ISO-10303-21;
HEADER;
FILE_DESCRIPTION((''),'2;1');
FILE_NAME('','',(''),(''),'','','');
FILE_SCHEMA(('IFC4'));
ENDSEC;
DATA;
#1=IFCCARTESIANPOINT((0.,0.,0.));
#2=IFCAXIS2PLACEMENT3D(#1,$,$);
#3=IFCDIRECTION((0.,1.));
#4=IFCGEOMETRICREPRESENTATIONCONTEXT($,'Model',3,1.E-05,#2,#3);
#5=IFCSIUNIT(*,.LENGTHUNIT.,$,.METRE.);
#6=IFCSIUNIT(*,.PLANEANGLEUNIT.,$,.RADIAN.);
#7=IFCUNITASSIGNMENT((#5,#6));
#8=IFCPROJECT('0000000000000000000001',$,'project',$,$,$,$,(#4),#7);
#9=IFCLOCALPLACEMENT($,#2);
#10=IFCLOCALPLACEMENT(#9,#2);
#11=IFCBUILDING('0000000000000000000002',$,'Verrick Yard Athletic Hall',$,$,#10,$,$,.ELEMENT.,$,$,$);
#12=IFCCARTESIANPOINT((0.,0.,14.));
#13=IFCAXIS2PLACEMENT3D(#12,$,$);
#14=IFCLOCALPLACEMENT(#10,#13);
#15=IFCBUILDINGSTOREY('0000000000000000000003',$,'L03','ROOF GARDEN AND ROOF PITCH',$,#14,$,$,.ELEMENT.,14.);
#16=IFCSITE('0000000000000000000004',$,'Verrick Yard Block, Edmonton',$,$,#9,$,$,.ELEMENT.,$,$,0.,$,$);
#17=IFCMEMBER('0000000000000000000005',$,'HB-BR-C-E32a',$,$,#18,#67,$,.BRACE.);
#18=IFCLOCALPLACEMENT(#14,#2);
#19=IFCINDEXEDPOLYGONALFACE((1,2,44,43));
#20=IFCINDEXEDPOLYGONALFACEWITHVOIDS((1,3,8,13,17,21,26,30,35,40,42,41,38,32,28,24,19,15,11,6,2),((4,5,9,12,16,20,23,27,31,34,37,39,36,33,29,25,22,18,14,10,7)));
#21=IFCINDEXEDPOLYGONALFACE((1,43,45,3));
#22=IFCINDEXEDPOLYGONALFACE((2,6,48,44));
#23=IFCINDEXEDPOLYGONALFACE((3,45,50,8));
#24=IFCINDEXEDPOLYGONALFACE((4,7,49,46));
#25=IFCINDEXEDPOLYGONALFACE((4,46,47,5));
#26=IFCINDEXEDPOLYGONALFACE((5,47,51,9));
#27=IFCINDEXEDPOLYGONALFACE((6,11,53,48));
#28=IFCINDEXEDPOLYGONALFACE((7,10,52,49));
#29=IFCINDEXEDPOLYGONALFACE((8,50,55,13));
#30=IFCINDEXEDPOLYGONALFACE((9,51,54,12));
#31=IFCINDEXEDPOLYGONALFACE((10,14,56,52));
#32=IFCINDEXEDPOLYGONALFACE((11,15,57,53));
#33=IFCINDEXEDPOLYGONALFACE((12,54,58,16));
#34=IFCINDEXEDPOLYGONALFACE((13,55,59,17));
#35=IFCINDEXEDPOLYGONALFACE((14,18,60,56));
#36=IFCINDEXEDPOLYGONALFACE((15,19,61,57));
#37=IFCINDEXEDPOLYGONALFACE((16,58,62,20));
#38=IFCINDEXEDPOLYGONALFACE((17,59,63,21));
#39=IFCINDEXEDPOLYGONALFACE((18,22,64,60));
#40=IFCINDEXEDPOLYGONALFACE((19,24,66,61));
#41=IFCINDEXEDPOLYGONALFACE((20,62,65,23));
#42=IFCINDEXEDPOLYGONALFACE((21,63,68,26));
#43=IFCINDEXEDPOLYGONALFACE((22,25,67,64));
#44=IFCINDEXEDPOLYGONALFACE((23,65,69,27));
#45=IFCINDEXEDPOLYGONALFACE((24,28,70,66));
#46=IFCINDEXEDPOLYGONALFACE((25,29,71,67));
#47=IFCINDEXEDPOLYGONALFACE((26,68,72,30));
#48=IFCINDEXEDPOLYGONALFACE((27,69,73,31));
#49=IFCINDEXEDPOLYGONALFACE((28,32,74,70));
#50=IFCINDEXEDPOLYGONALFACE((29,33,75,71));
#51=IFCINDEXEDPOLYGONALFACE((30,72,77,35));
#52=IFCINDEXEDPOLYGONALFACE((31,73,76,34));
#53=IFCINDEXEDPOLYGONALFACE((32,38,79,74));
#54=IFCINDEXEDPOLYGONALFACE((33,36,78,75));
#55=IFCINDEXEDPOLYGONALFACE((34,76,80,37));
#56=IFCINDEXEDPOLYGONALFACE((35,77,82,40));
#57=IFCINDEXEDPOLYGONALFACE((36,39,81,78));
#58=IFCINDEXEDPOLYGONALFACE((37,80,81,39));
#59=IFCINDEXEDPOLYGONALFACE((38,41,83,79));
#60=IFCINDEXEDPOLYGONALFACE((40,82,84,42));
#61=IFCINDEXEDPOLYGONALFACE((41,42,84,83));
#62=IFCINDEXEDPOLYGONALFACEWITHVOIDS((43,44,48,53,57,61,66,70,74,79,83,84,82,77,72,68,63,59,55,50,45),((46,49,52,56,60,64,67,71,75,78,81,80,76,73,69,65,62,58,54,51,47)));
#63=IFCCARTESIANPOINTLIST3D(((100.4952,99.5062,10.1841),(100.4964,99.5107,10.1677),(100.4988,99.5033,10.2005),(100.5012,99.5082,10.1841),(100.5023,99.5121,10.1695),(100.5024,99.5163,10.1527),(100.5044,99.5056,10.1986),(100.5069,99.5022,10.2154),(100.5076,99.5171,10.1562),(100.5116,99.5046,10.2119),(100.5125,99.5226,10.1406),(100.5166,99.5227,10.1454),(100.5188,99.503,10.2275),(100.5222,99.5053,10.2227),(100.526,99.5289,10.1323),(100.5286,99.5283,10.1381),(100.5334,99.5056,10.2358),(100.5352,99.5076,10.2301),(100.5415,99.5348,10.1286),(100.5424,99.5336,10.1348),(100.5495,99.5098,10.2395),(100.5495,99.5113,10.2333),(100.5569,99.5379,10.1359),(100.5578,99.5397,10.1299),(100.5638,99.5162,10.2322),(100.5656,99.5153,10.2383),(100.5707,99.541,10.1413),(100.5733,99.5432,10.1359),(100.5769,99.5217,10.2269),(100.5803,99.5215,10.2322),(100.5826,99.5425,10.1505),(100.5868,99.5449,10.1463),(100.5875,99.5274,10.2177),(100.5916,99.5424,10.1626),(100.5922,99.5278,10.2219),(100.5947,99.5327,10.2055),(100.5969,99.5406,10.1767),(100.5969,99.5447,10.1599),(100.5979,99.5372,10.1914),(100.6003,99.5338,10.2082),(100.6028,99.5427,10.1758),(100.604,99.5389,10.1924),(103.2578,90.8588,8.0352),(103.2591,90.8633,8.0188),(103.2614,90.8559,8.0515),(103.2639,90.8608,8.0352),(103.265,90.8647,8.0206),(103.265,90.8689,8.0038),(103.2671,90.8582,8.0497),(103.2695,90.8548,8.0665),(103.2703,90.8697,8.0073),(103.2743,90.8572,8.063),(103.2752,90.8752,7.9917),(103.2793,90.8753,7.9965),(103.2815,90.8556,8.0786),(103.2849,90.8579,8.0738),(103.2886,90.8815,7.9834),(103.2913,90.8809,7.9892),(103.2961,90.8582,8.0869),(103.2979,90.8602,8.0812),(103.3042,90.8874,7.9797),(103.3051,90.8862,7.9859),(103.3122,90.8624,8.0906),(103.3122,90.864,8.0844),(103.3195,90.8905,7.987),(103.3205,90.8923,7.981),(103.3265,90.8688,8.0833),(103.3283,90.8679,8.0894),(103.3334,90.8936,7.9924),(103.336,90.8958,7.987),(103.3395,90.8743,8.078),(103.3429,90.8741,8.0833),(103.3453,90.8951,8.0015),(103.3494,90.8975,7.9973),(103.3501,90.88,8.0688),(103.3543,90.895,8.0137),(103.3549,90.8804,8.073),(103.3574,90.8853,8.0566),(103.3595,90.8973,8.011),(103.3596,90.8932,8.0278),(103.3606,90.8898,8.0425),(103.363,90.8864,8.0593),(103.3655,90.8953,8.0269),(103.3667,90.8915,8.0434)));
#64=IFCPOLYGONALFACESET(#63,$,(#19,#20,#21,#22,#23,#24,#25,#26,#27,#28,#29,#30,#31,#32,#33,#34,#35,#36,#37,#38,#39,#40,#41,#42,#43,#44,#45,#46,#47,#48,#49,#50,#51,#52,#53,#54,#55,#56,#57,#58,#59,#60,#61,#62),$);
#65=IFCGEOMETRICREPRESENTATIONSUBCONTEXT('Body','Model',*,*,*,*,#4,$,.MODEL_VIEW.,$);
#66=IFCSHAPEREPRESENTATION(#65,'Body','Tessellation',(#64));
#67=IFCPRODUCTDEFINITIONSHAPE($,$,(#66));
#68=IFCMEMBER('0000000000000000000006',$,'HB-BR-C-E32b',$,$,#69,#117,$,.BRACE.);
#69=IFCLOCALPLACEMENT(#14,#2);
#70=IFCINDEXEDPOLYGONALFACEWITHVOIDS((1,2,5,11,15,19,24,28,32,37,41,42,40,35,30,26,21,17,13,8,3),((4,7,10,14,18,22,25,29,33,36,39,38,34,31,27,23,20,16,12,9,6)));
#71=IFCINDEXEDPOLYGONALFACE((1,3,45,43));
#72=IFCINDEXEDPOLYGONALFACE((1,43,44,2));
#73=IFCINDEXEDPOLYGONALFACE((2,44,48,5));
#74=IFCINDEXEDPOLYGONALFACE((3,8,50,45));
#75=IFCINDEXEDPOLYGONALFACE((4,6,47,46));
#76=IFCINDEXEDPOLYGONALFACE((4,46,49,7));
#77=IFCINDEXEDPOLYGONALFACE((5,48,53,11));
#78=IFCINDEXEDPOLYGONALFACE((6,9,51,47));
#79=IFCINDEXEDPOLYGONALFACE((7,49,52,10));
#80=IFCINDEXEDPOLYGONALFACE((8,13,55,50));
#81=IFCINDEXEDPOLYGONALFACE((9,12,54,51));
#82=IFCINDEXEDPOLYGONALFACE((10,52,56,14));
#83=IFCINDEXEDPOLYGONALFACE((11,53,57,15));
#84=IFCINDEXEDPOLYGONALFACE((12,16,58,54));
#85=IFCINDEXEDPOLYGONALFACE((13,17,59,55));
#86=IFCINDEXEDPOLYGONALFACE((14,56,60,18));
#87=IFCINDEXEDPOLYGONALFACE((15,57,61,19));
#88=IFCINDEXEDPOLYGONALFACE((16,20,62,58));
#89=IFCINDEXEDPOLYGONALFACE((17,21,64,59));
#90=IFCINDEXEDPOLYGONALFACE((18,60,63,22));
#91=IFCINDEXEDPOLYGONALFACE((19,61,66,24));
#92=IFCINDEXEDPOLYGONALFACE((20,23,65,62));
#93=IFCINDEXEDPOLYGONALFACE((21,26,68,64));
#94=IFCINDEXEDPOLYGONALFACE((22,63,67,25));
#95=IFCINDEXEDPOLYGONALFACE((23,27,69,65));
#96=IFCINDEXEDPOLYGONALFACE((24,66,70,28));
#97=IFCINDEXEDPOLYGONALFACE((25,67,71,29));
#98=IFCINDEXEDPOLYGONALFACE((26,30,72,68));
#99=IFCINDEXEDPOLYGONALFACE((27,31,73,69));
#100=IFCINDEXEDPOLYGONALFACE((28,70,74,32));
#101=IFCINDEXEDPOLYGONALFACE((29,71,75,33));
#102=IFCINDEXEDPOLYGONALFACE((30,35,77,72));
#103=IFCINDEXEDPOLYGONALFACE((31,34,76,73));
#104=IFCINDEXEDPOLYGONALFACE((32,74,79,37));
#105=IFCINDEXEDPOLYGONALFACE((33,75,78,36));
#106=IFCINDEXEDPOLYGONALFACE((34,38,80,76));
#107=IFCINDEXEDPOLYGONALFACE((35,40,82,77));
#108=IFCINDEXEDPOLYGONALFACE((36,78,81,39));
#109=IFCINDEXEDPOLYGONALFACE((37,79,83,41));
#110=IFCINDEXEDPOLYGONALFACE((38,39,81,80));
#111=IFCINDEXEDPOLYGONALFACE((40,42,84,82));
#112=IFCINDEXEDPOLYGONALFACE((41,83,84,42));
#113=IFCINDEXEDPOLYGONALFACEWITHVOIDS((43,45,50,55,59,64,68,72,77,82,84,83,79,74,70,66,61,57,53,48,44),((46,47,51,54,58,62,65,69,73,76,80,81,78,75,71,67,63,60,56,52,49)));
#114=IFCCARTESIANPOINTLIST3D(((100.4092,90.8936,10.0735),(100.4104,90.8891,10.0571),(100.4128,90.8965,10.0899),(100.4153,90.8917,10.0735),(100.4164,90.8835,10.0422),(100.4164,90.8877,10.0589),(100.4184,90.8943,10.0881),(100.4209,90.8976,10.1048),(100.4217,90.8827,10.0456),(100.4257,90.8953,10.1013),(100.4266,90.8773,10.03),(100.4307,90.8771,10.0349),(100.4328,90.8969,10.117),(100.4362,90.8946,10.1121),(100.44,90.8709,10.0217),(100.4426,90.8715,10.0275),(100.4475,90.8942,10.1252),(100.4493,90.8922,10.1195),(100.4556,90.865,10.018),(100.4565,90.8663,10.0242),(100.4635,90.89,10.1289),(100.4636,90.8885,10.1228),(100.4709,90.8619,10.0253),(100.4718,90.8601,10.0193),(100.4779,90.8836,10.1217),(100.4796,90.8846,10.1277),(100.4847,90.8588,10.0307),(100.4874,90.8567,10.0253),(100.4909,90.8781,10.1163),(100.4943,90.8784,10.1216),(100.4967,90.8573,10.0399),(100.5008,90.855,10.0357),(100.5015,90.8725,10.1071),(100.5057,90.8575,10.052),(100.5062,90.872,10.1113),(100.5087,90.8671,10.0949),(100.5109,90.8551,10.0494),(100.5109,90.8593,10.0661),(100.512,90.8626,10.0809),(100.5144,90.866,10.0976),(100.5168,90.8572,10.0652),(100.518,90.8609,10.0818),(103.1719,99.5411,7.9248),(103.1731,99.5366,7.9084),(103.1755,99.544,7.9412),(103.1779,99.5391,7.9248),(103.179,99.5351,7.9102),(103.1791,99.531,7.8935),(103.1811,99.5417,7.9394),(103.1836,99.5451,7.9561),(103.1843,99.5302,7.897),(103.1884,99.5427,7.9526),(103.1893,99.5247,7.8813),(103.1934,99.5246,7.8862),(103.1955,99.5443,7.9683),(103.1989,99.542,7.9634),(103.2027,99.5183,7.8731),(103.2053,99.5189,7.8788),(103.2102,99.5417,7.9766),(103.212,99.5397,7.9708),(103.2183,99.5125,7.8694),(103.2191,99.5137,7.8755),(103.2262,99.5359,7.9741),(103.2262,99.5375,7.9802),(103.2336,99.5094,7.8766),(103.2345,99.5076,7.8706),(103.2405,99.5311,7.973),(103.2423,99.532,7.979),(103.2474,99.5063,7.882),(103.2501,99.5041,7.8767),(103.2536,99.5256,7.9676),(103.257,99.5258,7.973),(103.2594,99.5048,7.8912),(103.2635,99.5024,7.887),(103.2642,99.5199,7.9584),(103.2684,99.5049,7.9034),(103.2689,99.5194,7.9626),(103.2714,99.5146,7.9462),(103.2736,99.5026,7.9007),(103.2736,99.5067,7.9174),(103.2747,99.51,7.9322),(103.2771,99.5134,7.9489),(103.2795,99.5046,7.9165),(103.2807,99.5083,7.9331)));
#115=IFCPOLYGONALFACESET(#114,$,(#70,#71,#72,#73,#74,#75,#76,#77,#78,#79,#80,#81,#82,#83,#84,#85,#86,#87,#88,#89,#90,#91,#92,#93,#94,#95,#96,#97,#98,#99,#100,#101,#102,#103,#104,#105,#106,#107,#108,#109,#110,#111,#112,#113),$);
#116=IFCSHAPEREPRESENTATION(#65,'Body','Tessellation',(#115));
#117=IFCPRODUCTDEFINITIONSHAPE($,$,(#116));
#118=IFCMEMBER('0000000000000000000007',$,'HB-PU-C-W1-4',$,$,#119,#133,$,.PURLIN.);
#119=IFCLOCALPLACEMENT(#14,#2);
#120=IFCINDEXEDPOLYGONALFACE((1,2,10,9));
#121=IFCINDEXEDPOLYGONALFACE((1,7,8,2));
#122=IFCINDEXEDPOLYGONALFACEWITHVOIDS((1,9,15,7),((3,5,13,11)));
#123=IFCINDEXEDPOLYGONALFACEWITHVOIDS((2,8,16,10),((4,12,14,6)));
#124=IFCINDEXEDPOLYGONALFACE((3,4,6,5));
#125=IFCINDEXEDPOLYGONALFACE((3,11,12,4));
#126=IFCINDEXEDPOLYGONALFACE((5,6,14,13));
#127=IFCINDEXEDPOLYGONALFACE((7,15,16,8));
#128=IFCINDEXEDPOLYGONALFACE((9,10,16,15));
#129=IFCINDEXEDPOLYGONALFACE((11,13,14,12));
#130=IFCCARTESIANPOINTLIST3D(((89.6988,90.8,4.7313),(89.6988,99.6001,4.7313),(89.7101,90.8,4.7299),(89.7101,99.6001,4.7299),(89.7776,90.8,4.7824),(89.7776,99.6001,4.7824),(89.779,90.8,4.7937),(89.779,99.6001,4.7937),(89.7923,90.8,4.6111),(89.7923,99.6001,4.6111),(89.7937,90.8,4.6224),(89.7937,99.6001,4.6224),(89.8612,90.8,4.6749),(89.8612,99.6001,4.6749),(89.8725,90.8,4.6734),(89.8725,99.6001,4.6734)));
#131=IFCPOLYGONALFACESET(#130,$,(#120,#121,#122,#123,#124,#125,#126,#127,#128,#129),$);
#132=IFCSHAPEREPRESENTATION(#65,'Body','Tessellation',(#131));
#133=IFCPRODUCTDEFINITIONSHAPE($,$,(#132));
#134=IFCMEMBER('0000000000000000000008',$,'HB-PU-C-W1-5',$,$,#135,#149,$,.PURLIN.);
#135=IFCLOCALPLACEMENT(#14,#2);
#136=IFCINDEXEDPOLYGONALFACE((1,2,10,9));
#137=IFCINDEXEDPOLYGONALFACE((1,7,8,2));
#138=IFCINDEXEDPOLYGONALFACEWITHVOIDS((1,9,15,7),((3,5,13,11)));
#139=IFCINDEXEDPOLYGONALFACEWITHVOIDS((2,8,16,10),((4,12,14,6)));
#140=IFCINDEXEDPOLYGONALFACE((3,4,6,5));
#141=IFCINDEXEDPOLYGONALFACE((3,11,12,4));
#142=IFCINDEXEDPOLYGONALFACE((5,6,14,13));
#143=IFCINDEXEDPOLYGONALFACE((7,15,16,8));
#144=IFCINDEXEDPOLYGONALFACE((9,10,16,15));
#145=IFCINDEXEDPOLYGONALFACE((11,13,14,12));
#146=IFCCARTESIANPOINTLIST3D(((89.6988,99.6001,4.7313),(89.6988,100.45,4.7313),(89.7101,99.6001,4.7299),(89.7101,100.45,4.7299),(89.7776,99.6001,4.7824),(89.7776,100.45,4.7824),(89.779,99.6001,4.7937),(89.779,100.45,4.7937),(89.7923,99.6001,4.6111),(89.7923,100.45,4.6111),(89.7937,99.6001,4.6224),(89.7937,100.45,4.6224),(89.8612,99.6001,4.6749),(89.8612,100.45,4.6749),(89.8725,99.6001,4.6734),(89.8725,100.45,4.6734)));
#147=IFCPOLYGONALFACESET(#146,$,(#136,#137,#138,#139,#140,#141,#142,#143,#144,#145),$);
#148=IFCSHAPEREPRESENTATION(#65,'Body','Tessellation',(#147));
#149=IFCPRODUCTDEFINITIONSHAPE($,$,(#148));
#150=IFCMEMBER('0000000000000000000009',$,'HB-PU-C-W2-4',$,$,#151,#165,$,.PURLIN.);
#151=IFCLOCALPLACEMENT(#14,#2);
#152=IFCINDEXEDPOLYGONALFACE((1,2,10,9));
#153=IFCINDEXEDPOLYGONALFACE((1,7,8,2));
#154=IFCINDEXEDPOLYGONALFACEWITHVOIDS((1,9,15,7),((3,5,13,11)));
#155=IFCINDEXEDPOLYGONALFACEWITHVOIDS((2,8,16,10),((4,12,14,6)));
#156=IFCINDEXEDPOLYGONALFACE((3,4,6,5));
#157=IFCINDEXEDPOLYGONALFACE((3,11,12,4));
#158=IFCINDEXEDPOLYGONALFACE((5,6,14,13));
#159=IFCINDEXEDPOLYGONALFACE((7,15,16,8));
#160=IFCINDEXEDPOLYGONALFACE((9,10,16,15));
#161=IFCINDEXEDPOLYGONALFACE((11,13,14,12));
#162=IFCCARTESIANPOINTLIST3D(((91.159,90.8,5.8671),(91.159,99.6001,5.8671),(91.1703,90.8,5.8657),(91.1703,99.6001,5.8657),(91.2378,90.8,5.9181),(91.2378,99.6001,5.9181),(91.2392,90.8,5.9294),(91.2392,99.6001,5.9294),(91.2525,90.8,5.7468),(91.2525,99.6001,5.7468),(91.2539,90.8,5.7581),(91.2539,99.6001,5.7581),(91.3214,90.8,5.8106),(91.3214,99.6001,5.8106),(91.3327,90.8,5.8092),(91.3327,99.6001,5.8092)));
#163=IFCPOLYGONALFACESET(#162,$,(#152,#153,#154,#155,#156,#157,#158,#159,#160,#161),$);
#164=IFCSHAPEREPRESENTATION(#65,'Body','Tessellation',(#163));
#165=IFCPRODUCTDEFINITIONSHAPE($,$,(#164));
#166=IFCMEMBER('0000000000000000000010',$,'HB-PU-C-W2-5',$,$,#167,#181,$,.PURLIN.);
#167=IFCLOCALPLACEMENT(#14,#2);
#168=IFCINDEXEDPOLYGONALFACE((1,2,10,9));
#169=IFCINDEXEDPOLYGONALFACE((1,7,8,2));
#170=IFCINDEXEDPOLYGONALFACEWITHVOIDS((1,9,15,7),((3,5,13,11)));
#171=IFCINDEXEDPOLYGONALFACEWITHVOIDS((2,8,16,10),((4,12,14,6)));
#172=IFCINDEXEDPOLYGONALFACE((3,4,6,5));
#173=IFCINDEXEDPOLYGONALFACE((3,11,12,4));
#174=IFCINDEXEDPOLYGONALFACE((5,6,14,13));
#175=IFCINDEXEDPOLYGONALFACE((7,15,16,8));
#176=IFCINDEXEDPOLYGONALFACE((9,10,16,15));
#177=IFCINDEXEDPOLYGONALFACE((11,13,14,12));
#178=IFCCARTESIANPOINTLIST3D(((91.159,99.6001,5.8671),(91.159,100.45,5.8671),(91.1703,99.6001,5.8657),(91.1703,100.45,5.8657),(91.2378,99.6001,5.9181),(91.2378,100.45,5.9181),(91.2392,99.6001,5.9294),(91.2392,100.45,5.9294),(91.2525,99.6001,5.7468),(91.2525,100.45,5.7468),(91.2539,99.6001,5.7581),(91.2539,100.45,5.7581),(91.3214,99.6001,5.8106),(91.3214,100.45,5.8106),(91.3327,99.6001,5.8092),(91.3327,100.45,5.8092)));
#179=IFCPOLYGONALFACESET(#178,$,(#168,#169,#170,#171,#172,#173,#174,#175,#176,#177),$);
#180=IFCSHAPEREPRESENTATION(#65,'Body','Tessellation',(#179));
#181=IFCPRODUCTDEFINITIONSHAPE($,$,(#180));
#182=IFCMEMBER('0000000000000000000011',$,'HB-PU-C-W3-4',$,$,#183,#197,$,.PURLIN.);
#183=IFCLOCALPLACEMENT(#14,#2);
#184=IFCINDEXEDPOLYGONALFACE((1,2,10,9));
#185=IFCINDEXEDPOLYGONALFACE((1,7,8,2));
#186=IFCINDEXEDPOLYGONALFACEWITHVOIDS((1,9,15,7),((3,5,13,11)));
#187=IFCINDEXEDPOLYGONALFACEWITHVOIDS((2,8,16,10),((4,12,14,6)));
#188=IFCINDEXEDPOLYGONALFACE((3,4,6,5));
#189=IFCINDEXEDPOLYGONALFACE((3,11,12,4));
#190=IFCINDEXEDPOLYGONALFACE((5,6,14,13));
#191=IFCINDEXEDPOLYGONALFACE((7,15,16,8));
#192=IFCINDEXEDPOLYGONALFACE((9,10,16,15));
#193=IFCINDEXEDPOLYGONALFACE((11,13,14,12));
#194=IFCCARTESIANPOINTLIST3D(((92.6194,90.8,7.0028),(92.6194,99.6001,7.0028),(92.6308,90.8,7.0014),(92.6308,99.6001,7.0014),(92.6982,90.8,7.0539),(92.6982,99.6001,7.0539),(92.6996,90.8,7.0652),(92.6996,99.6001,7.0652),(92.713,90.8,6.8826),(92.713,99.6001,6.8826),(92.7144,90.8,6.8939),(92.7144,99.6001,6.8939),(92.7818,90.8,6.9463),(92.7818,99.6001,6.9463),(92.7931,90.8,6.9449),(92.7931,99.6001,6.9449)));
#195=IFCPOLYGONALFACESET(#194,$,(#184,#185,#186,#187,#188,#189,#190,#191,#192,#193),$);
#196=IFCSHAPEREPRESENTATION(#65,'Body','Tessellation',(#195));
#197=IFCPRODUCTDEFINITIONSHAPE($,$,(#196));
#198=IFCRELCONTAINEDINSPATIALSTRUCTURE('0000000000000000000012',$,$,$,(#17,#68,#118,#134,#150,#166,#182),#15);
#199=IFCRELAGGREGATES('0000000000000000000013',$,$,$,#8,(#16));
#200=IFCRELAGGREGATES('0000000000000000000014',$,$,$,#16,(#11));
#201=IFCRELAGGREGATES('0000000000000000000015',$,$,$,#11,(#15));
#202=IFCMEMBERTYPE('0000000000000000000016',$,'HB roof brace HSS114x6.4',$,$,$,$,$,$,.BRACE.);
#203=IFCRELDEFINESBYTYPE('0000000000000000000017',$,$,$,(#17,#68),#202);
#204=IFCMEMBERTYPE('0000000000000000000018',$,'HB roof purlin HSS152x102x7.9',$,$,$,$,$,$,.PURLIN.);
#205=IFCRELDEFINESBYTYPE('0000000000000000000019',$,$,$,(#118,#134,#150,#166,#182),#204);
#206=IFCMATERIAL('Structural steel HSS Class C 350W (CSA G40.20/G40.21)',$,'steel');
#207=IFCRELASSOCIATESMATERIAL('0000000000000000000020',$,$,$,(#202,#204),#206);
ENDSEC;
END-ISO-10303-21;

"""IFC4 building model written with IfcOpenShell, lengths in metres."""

from ifc_helpers import new_model, si_unit, direction, frame, origin, origin_2d, place, context, subcontext, project, spatial, hollow_rectangle, hollow_circle, extrude, material, material_profile, profile_set, type_object, element, save


model = new_model("IFC4")

# Units and contexts
model_context = context("Model", 3, precision=1e-05, world=origin(), true_north=direction((0.0, 1.0)))
body_context = subcontext(model_context, "Body", "Model", "MODEL_VIEW")
ifc_project = project(units=[si_unit("LENGTHUNIT", "METRE"), si_unit("PLANEANGLEUNIT", "RADIAN")], contexts=[model_context])

# Site, building, storey
site_placement = place(None, origin())
site = spatial("IfcSite", under=ifc_project, at=site_placement, Name="Verrick Yard Block, Edmonton", CompositionType="ELEMENT", RefElevation=0.0)
building_placement = place(site_placement, origin())
building = spatial("IfcBuilding", under=site, at=building_placement, Name="Verrick Yard Athletic Hall", CompositionType="ELEMENT")
storey_placement = place(building_placement, frame((0.0, 0.0, 14.0)))
storey = spatial("IfcBuildingStorey", under=building, at=storey_placement, Name="L03", Description="ROOF GARDEN AND ROOF PITCH", CompositionType="ELEMENT", Elevation=14.0)

# Shared definitions
ifc_material_1 = material(Name="Structural steel HSS Class C 350W (CSA G40.20/G40.21)", Category="steel")

# Members
ifc_material_profile_1 = material_profile(ifc_material_1, hollow_circle(Radius=0.0571, WallThickness=0.0063, at=origin_2d()), Name="HSS114x6.4")
ifc_profile_set_1 = profile_set([ifc_material_profile_1], Name="Structural steel HSS Class C 350W (CSA G40.20/G40.21)")
member_type_1 = type_object("IfcMemberType", Name="HB roof brace HSS114x6.4", PredefinedType="BRACE", material=ifc_profile_set_1)
for number, where, z_axis, x_axis, name in (
    (1, (103.3123, 90.8762, 8.0352), (-0.296143, 0.926951, 0.230351), (-0.952568, -0.304327, 0.0), "HB-BR-C-E32a"),
    (2, (100.4636, 90.8762, 10.0735), (0.296145, 0.926957, -0.230326), (-0.952568, 0.304327, 0.0), "HB-BR-C-E32b"),
):
    element("IfcMember", number, at=place(storey_placement, frame(where, z_axis=z_axis, x_axis=x_axis)), inside=storey, type_object=member_type_1, Name=name, PredefinedType="BRACE", context=body_context, shape_type="SweptSolid", body=[
        extrude(hollow_circle(Radius=0.0571, WallThickness=0.0063, at=origin_2d()), origin(), (0.0, 0.0, 1.0), 9.3289),
    ])
ifc_material_profile_2 = material_profile(ifc_material_1, hollow_rectangle(XDim=0.1016, YDim=0.1523, WallThickness=0.0081, at=origin_2d()), Name="HSS152x102x7.9")
ifc_profile_set_2 = profile_set([ifc_material_profile_2], Name="Structural steel HSS Class C 350W (CSA G40.20/G40.21)")
member_type_2 = type_object("IfcMemberType", Name="HB roof purlin HSS152x102x7.9", PredefinedType="PURLIN", material=ifc_profile_set_2)
member_1_placement = place(storey_placement, frame((89.7856, 90.8, 4.7024), z_axis=(0.0, 1.0, 0.0), x_axis=(-0.789352, 0.0, -0.613941)))
element("IfcMember", 3, at=member_1_placement, inside=storey, type_object=member_type_2, Name="HB-PU-C-W1-4", PredefinedType="PURLIN", context=body_context, shape_type="SweptSolid", body=[
    extrude(hollow_rectangle(XDim=0.1016, YDim=0.1523, WallThickness=0.0081, at=origin_2d()), origin(), (0.0, 0.0, 1.0), 8.8),
])
member_2_placement = place(storey_placement, frame((89.7856, 99.6001, 4.7024), z_axis=(0.0, 1.0, 0.0), x_axis=(-0.789352, 0.0, -0.613941)))
element("IfcMember", 4, at=member_2_placement, inside=storey, type_object=member_type_2, Name="HB-PU-C-W1-5", PredefinedType="PURLIN", context=body_context, shape_type="SweptSolid", body=[
    extrude(hollow_rectangle(XDim=0.1016, YDim=0.1523, WallThickness=0.0081, at=origin_2d()), origin(), (0.0, 0.0, 1.0), 0.8499),
])
member_3_placement = place(storey_placement, frame((91.2458, 90.8, 5.8381), z_axis=(0.0, 1.0, 0.0), x_axis=(-0.789352, 0.0, -0.613941)))
element("IfcMember", 5, at=member_3_placement, inside=storey, type_object=member_type_2, Name="HB-PU-C-W2-4", PredefinedType="PURLIN", context=body_context, shape_type="SweptSolid", body=[
    extrude(hollow_rectangle(XDim=0.1016, YDim=0.1523, WallThickness=0.0081, at=origin_2d()), origin(), (0.0, 0.0, 1.0), 8.8),
])
member_4_placement = place(storey_placement, frame((91.2458, 99.6001, 5.8381), z_axis=(0.0, 1.0, 0.0), x_axis=(-0.789352, 0.0, -0.613941)))
element("IfcMember", 6, at=member_4_placement, inside=storey, type_object=member_type_2, Name="HB-PU-C-W2-5", PredefinedType="PURLIN", context=body_context, shape_type="SweptSolid", body=[
    extrude(hollow_rectangle(XDim=0.1016, YDim=0.1523, WallThickness=0.0081, at=origin_2d()), origin(), (0.0, 0.0, 1.0), 0.8499),
])
member_5_placement = place(storey_placement, frame((92.7063, 90.8, 6.9739), z_axis=(0.0, 1.0, 0.0), x_axis=(-0.789352, 0.0, -0.613941)))
element("IfcMember", 7, at=member_5_placement, inside=storey, type_object=member_type_2, Name="HB-PU-C-W3-4", PredefinedType="PURLIN", context=body_context, shape_type="SweptSolid", body=[
    extrude(hollow_rectangle(XDim=0.1016, YDim=0.1523, WallThickness=0.0081, at=origin_2d()), origin(), (0.0, 0.0, 1.0), 8.8),
])

save(model, "model.ifc")
